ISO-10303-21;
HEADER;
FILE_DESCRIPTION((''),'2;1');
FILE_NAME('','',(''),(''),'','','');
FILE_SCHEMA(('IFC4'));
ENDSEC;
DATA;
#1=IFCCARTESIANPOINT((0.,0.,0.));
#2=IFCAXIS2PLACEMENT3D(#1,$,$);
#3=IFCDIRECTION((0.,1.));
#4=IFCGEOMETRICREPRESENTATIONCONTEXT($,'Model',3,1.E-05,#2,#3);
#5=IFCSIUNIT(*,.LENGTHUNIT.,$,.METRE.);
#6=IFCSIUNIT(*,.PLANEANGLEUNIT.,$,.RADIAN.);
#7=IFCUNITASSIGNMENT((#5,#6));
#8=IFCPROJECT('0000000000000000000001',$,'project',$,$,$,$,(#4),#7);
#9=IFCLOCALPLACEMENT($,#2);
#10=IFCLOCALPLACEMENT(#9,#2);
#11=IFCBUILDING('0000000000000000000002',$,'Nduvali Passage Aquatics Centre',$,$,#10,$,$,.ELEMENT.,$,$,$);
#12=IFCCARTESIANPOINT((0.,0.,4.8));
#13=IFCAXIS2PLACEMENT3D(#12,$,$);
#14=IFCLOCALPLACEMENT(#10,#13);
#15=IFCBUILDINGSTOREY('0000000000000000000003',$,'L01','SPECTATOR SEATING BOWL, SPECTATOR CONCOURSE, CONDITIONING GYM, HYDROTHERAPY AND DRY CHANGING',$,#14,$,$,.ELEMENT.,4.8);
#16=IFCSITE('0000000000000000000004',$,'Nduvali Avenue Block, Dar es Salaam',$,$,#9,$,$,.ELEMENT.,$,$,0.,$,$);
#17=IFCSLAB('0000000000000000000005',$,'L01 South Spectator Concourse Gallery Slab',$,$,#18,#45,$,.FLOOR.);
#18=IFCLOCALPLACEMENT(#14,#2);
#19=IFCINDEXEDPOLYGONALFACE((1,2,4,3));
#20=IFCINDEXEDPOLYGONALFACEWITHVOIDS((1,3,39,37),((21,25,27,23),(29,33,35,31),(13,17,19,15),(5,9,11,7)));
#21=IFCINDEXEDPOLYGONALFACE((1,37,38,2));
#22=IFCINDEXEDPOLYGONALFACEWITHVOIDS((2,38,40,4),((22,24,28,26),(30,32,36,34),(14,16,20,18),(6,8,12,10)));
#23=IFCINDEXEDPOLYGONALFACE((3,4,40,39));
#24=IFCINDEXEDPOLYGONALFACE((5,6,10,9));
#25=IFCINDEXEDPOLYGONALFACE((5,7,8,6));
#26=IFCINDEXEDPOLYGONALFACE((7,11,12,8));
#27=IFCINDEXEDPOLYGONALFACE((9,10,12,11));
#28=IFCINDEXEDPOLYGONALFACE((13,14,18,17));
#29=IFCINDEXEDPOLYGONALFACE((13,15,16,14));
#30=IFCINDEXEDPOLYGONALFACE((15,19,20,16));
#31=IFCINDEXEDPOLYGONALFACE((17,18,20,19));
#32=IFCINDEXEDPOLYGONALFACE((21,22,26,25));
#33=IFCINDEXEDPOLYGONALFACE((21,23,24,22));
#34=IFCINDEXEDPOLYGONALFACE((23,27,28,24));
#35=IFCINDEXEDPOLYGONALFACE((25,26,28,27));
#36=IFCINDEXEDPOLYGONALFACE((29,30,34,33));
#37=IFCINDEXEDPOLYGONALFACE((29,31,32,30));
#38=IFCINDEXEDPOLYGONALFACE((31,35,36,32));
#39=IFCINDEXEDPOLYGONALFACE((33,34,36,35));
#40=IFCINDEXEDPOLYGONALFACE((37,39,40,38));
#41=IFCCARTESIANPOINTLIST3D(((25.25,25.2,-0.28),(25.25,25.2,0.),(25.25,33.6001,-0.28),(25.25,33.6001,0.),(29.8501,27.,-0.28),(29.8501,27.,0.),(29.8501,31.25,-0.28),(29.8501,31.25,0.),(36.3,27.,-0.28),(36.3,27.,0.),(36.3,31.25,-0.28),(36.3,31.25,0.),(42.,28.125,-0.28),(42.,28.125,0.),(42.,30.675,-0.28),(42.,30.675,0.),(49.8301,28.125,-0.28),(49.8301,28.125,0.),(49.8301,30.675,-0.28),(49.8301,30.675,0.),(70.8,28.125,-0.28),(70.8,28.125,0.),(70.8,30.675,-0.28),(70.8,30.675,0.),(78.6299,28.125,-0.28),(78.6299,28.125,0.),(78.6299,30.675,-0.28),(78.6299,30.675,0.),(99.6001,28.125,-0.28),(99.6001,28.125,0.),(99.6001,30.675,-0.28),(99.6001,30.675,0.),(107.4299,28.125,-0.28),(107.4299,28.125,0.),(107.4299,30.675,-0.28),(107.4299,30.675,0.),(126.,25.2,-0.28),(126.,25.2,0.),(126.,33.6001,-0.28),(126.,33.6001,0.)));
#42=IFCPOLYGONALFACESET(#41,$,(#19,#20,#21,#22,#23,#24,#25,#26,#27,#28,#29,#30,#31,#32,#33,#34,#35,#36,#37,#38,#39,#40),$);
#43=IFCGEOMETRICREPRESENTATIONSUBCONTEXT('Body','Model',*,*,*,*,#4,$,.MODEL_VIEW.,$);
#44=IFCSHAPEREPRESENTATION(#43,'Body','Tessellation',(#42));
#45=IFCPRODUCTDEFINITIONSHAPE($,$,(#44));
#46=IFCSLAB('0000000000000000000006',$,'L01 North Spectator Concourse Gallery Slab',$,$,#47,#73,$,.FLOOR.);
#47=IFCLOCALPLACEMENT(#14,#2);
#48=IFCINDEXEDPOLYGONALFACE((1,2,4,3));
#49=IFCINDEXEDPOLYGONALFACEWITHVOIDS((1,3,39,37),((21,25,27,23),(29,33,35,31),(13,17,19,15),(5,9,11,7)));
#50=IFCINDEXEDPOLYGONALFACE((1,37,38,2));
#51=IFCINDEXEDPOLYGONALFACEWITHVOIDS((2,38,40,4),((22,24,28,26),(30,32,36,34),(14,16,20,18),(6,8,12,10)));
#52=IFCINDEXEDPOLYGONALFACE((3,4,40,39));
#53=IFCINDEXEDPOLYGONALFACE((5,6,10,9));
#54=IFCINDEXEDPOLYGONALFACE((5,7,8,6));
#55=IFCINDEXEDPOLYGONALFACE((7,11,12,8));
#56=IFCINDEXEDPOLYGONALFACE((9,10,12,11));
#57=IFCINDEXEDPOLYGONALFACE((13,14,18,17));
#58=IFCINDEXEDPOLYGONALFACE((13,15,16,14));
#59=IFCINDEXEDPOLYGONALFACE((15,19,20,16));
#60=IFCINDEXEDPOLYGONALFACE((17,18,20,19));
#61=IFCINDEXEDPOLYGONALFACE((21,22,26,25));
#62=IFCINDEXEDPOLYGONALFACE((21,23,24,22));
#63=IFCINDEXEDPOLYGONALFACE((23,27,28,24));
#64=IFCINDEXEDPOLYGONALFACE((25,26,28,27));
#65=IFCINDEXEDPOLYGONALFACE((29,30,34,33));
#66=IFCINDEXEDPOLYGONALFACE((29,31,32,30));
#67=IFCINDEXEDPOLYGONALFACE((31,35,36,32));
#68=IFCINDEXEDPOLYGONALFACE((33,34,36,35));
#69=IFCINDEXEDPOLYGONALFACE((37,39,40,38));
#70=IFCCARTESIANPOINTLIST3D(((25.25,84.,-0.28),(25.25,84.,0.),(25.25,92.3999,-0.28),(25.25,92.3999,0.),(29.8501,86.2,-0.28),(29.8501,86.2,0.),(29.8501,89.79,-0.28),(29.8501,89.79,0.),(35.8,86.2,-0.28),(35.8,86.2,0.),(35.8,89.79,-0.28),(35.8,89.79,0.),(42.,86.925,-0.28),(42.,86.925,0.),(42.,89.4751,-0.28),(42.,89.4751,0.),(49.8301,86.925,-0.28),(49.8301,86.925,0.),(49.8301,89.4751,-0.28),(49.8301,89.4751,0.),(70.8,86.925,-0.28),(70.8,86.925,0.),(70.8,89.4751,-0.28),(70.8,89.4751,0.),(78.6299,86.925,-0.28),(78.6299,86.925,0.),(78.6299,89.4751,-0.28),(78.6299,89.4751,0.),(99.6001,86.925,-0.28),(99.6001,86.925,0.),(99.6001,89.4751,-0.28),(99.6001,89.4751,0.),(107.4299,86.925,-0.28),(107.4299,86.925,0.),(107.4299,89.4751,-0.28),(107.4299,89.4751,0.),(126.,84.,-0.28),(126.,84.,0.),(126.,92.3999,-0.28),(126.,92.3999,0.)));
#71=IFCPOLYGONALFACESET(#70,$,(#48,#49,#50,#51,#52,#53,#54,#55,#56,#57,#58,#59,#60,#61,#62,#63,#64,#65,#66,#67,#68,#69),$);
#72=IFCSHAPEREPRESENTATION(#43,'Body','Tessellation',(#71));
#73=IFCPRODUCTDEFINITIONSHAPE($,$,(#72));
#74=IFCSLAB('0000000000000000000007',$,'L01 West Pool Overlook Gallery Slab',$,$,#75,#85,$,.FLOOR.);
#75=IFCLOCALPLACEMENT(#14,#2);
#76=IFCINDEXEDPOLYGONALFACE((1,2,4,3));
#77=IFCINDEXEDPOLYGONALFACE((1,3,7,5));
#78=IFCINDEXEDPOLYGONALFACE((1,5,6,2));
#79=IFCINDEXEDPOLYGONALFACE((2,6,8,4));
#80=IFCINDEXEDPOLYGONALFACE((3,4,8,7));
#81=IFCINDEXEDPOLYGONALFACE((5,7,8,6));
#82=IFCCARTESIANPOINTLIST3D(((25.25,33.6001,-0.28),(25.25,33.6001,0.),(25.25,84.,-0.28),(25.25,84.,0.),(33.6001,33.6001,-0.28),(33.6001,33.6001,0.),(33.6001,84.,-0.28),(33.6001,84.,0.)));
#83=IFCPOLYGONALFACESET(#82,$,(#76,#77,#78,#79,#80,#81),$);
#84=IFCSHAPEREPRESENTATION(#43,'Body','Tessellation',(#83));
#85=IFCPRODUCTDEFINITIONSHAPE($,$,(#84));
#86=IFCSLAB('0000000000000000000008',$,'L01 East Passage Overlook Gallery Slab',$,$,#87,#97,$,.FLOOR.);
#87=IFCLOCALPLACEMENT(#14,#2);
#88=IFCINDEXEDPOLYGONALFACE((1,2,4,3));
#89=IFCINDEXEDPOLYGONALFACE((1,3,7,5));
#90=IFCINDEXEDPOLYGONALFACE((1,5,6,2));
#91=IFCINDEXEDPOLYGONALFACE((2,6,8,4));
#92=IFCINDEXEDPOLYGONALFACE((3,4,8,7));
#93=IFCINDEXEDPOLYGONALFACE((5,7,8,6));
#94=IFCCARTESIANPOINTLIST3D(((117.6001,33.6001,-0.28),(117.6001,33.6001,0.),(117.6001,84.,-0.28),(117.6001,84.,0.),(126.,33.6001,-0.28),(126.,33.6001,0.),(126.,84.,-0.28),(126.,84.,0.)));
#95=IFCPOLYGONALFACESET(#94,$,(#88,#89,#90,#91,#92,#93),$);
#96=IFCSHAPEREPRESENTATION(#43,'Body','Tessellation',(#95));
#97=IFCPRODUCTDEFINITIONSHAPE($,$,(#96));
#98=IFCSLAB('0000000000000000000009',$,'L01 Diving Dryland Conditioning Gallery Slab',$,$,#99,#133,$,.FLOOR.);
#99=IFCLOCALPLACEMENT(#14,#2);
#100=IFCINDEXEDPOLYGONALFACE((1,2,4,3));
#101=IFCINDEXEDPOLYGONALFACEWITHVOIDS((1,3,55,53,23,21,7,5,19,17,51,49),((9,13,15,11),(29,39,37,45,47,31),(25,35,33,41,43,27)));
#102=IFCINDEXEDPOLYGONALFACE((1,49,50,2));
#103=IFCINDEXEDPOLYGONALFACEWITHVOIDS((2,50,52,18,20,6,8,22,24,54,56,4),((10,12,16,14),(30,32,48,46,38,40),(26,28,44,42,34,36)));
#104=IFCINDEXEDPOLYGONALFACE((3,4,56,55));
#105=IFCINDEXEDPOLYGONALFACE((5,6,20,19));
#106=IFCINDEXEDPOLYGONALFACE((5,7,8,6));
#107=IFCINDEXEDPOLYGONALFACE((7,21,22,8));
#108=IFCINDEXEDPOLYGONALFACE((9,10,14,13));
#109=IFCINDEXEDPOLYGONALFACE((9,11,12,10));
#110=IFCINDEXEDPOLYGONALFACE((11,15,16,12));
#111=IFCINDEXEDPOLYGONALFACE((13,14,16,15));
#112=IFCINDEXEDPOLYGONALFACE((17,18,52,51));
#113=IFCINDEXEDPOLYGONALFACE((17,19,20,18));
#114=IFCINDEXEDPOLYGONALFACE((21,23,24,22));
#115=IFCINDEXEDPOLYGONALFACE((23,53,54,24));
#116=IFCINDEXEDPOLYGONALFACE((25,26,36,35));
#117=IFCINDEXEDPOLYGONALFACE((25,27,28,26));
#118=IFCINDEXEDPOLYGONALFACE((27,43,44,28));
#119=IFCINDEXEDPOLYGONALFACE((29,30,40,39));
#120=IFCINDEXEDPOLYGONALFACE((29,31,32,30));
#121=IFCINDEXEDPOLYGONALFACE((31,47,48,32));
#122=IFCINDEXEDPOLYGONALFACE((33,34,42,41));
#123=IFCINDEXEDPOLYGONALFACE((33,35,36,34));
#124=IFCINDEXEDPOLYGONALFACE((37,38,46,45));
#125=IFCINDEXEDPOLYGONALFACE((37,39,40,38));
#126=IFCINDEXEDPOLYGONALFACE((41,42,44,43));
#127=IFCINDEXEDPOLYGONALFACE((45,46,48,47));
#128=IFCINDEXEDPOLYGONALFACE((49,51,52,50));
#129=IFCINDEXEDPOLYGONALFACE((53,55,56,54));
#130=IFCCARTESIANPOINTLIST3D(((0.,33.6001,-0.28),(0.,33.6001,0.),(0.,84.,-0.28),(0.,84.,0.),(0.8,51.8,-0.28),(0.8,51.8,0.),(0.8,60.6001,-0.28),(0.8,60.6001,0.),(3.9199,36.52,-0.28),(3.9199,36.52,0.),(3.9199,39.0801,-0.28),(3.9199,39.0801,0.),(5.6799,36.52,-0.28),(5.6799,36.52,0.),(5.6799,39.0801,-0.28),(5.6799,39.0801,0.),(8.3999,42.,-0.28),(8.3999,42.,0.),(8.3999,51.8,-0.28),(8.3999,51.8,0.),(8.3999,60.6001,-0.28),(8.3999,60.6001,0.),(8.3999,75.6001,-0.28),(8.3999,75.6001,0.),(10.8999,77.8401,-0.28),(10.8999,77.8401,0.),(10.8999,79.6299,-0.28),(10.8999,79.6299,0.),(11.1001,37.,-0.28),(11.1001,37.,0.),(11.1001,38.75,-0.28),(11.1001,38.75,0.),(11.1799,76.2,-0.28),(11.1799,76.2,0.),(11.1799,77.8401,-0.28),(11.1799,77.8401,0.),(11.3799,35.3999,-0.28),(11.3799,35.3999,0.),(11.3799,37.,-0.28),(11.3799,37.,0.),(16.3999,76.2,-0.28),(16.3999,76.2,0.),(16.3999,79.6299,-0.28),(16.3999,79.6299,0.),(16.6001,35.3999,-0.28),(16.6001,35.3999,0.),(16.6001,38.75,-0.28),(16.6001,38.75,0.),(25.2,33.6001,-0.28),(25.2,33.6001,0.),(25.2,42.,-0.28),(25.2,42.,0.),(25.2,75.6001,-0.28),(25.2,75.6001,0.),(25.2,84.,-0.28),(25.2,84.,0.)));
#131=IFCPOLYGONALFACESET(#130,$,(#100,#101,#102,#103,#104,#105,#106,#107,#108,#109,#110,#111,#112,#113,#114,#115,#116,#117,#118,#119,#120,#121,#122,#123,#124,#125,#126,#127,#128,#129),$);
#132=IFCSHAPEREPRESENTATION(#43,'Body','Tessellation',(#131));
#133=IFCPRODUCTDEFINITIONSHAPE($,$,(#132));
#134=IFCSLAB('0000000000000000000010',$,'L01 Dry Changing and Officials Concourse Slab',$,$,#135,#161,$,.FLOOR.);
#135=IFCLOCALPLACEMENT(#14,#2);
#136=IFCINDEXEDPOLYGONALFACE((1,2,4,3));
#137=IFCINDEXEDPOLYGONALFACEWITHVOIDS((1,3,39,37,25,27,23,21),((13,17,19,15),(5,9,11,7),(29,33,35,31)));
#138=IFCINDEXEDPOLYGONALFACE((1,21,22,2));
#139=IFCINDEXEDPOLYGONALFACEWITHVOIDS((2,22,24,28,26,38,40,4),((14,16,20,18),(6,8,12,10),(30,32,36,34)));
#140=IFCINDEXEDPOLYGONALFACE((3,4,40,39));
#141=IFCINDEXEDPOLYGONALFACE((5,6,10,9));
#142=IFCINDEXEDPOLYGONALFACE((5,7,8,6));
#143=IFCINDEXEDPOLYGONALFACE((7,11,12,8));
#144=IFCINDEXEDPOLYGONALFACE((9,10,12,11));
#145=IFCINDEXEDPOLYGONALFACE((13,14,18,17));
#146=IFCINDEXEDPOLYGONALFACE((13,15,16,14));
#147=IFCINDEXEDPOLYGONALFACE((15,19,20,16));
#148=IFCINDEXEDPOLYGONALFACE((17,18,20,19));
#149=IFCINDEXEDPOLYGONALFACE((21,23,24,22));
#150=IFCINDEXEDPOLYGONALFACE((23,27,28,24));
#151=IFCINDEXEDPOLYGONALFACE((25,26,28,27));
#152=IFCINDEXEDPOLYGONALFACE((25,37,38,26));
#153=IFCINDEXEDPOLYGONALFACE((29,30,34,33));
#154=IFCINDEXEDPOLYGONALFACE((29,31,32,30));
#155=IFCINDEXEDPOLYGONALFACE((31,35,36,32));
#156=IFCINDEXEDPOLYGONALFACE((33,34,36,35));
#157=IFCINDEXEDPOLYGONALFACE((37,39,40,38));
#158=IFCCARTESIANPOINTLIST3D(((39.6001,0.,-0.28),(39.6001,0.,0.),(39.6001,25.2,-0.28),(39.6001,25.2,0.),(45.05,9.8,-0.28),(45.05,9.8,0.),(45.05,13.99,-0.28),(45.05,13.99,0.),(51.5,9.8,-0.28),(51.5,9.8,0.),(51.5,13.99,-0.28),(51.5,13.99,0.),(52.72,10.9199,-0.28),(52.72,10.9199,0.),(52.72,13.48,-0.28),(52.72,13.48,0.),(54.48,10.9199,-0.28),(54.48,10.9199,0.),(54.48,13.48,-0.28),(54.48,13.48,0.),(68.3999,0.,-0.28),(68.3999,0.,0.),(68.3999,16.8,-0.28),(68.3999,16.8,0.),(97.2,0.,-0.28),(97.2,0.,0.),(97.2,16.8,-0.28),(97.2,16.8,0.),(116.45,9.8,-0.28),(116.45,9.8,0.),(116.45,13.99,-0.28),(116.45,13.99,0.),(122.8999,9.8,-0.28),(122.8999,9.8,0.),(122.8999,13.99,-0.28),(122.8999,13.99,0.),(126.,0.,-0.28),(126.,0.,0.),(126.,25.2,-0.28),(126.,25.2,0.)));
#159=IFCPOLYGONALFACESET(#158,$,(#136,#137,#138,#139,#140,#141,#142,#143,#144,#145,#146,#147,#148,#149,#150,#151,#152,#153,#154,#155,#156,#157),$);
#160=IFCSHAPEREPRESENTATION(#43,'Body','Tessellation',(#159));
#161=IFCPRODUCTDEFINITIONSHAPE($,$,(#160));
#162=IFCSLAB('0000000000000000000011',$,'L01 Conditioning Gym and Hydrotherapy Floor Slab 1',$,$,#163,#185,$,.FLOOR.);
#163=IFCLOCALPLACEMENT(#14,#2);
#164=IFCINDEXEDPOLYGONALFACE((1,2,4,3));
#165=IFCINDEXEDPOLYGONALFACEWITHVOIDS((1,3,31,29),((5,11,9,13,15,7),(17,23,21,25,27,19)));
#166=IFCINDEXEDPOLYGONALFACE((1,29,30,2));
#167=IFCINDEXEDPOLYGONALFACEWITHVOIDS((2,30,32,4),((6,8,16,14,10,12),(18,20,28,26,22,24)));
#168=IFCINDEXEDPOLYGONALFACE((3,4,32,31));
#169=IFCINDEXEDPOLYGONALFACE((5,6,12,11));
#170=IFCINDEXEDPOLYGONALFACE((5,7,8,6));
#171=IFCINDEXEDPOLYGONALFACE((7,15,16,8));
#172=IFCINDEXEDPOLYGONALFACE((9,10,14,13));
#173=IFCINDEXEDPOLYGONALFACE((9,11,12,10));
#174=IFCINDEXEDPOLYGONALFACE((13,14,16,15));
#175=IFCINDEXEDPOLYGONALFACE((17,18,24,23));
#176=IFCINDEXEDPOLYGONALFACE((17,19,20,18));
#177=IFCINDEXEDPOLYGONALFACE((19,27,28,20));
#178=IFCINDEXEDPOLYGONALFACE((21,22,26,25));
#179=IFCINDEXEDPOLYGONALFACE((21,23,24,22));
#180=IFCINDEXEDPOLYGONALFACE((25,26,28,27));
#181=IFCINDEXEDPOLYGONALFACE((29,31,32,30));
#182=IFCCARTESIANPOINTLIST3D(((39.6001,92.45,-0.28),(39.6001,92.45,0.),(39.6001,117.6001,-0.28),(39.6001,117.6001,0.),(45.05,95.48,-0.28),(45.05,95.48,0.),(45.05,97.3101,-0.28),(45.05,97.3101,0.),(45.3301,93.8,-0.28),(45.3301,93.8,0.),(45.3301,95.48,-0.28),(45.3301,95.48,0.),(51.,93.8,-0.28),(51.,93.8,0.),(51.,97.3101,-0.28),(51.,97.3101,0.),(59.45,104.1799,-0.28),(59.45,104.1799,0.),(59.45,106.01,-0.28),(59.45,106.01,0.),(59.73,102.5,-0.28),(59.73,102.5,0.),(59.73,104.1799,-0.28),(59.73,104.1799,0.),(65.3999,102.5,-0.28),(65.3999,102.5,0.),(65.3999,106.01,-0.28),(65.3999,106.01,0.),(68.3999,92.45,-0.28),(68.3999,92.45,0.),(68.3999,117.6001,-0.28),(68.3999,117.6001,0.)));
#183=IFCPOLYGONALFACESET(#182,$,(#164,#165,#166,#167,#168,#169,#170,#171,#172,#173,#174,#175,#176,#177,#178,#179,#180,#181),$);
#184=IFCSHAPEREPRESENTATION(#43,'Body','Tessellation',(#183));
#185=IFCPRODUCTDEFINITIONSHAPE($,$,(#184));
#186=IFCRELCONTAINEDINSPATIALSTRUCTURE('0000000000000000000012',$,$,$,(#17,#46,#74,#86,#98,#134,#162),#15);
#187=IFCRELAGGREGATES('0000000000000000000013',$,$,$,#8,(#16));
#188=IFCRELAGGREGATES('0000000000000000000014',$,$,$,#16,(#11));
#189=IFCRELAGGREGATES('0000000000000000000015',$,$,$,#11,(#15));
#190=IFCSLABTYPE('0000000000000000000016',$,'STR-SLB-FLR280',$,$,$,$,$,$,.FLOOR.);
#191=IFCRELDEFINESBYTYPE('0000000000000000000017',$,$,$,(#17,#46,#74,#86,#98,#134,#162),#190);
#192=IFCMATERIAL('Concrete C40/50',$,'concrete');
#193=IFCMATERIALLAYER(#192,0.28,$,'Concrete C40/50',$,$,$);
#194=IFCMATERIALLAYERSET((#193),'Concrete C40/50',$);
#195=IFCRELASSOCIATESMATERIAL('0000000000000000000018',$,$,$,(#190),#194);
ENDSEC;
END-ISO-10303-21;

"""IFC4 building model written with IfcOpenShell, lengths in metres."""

from ifc_helpers import new_model, si_unit, direction, frame, origin, place, context, subcontext, project, spatial, polyline, outline, extrude, material, layer, layer_set, type_object, element, save


model = new_model("IFC4")

# Units and contexts
model_context = context("Model", 3, precision=1e-05, world=origin(), true_north=direction((0.0, 1.0)))
body_context = subcontext(model_context, "Body", "Model", "MODEL_VIEW")
ifc_project = project(units=[si_unit("LENGTHUNIT", "METRE"), si_unit("PLANEANGLEUNIT", "RADIAN")], contexts=[model_context])

# Site, building, storey
site_placement = place(None, origin())
site = spatial("IfcSite", under=ifc_project, at=site_placement, Name="Nduvali Avenue Block, Dar es Salaam", CompositionType="ELEMENT", RefElevation=0.0)
building_placement = place(site_placement, origin())
building = spatial("IfcBuilding", under=site, at=building_placement, Name="Nduvali Passage Aquatics Centre", CompositionType="ELEMENT")
storey_placement = place(building_placement, frame((0.0, 0.0, 4.8)))
storey = spatial("IfcBuildingStorey", under=building, at=storey_placement, Name="L01", Description="SPECTATOR SEATING BOWL, SPECTATOR CONCOURSE, CONDITIONING GYM, HYDROTHERAPY AND DRY CHANGING", CompositionType="ELEMENT", Elevation=4.8)

# Slabs
ifc_material_1 = material(Name="Concrete C40/50", Category="concrete")
ifc_layer_1 = layer(ifc_material_1, 0.28, Name="Concrete C40/50")
ifc_layer_set_1 = layer_set([ifc_layer_1], Name="Concrete C40/50")
slab_type_1 = type_object("IfcSlabType", Name="STR-SLB-FLR280", PredefinedType="FLOOR", material=ifc_layer_set_1)
slab_1_placement = place(storey_placement, frame((0.0, 0.0, -0.28)))
element("IfcSlab", 1, at=slab_1_placement, inside=storey, type_object=slab_type_1, Name="L01 South Spectator Concourse Gallery Slab", PredefinedType="FLOOR", context=body_context, shape_type="SweptSolid", body=[
    extrude(outline(polyline([(25.25, 25.2), (126.0, 25.2), (126.0, 33.6001), (25.25, 33.6001), (25.25, 25.2)]), holes=[polyline([(29.8501, 27.0), (36.3, 27.0), (36.3, 31.25), (29.8501, 31.25), (29.8501, 27.0)]), polyline([(42.0, 28.125), (49.8301, 28.125), (49.8301, 30.675), (42.0, 30.675), (42.0, 28.125)]), polyline([(70.8, 28.125), (78.6299, 28.125), (78.6299, 30.675), (70.8, 30.675), (70.8, 28.125)]), polyline([(99.6001, 28.125), (107.4299, 28.125), (107.4299, 30.675), (99.6001, 30.675), (99.6001, 28.125)])]), origin(), (0.0, 0.0, 1.0), 0.28),
])
slab_2_placement = place(storey_placement, frame((0.0, 0.0, -0.28)))
element("IfcSlab", 2, at=slab_2_placement, inside=storey, type_object=slab_type_1, Name="L01 North Spectator Concourse Gallery Slab", PredefinedType="FLOOR", context=body_context, shape_type="SweptSolid", body=[
    extrude(outline(polyline([(25.25, 84.0), (126.0, 84.0), (126.0, 92.3999), (25.25, 92.3999), (25.25, 84.0)]), holes=[polyline([(29.8501, 86.2), (35.8, 86.2), (35.8, 89.79), (29.8501, 89.79), (29.8501, 86.2)]), polyline([(42.0, 86.925), (49.8301, 86.925), (49.8301, 89.4751), (42.0, 89.4751), (42.0, 86.925)]), polyline([(70.8, 86.925), (78.6299, 86.925), (78.6299, 89.4751), (70.8, 89.4751), (70.8, 86.925)]), polyline([(99.6001, 86.925), (107.4299, 86.925), (107.4299, 89.4751), (99.6001, 89.4751), (99.6001, 86.925)])]), origin(), (0.0, 0.0, 1.0), 0.28),
])
slab_3_placement = place(storey_placement, frame((0.0, 0.0, -0.28)))
element("IfcSlab", 3, at=slab_3_placement, inside=storey, type_object=slab_type_1, Name="L01 West Pool Overlook Gallery Slab", PredefinedType="FLOOR", context=body_context, shape_type="SweptSolid", body=[
    extrude(outline(polyline([(25.25, 33.6001), (33.6001, 33.6001), (33.6001, 84.0), (25.25, 84.0), (25.25, 33.6001)])), origin(), (0.0, 0.0, 1.0), 0.28),
])
slab_4_placement = place(storey_placement, frame((0.0, 0.0, -0.28)))
element("IfcSlab", 4, at=slab_4_placement, inside=storey, type_object=slab_type_1, Name="L01 East Passage Overlook Gallery Slab", PredefinedType="FLOOR", context=body_context, shape_type="SweptSolid", body=[
    extrude(outline(polyline([(117.6001, 33.6001), (126.0, 33.6001), (126.0, 84.0), (117.6001, 84.0), (117.6001, 33.6001)])), origin(), (0.0, 0.0, 1.0), 0.28),
])
slab_5_placement = place(storey_placement, frame((0.0, 0.0, -0.28)))
element("IfcSlab", 5, at=slab_5_placement, inside=storey, type_object=slab_type_1, Name="L01 Diving Dryland Conditioning Gallery Slab", PredefinedType="FLOOR", context=body_context, shape_type="SweptSolid", body=[
    extrude(outline(polyline([(0.0, 33.6001), (25.2, 33.6001), (25.2, 42.0), (8.3999, 42.0), (8.3999, 51.8), (0.8, 51.8), (0.8, 60.6001), (8.3999, 60.6001), (8.3999, 75.6001), (25.2, 75.6001), (25.2, 84.0), (0.0, 84.0), (0.0, 33.6001)]), holes=[polyline([(11.3799, 35.3999), (16.6001, 35.3999), (16.6001, 38.75), (11.1001, 38.75), (11.1001, 37.0), (11.3799, 37.0), (11.3799, 35.3999)]), polyline([(11.1799, 76.2), (16.3999, 76.2), (16.3999, 79.6299), (10.8999, 79.6299), (10.8999, 77.8401), (11.1799, 77.8401), (11.1799, 76.2)]), polyline([(3.9199, 36.52), (5.6799, 36.52), (5.6799, 39.0801), (3.9199, 39.0801), (3.9199, 36.52)])]), origin(), (0.0, 0.0, 1.0), 0.28),
])
slab_6_placement = place(storey_placement, frame((0.0, 0.0, -0.28)))
element("IfcSlab", 6, at=slab_6_placement, inside=storey, type_object=slab_type_1, Name="L01 Dry Changing and Officials Concourse Slab", PredefinedType="FLOOR", context=body_context, shape_type="SweptSolid", body=[
    extrude(outline(polyline([(39.6001, 0.0), (68.3999, 0.0), (68.3999, 16.8), (97.2, 16.8), (97.2, 0.0), (126.0, 0.0), (126.0, 25.2), (39.6001, 25.2), (39.6001, 0.0)]), holes=[polyline([(45.05, 9.8), (51.5, 9.8), (51.5, 13.99), (45.05, 13.99), (45.05, 9.8)]), polyline([(116.45, 9.8), (122.8999, 9.8), (122.8999, 13.99), (116.45, 13.99), (116.45, 9.8)]), polyline([(52.72, 10.9199), (54.48, 10.9199), (54.48, 13.48), (52.72, 13.48), (52.72, 10.9199)])]), origin(), (0.0, 0.0, 1.0), 0.28),
])
slab_7_placement = place(storey_placement, frame((0.0, 0.0, -0.28)))
element("IfcSlab", 7, at=slab_7_placement, inside=storey, type_object=slab_type_1, Name="L01 Conditioning Gym and Hydrotherapy Floor Slab 1", PredefinedType="FLOOR", context=body_context, shape_type="SweptSolid", body=[
    extrude(outline(polyline([(39.6001, 92.45), (68.3999, 92.45), (68.3999, 117.6001), (39.6001, 117.6001), (39.6001, 92.45)]), holes=[polyline([(59.73, 102.5), (65.3999, 102.5), (65.3999, 106.01), (59.45, 106.01), (59.45, 104.1799), (59.73, 104.1799), (59.73, 102.5)]), polyline([(45.3301, 93.8), (51.0, 93.8), (51.0, 97.3101), (45.05, 97.3101), (45.05, 95.48), (45.3301, 95.48), (45.3301, 93.8)])]), origin(), (0.0, 0.0, 1.0), 0.28),
])

save(model, "model.ifc")
